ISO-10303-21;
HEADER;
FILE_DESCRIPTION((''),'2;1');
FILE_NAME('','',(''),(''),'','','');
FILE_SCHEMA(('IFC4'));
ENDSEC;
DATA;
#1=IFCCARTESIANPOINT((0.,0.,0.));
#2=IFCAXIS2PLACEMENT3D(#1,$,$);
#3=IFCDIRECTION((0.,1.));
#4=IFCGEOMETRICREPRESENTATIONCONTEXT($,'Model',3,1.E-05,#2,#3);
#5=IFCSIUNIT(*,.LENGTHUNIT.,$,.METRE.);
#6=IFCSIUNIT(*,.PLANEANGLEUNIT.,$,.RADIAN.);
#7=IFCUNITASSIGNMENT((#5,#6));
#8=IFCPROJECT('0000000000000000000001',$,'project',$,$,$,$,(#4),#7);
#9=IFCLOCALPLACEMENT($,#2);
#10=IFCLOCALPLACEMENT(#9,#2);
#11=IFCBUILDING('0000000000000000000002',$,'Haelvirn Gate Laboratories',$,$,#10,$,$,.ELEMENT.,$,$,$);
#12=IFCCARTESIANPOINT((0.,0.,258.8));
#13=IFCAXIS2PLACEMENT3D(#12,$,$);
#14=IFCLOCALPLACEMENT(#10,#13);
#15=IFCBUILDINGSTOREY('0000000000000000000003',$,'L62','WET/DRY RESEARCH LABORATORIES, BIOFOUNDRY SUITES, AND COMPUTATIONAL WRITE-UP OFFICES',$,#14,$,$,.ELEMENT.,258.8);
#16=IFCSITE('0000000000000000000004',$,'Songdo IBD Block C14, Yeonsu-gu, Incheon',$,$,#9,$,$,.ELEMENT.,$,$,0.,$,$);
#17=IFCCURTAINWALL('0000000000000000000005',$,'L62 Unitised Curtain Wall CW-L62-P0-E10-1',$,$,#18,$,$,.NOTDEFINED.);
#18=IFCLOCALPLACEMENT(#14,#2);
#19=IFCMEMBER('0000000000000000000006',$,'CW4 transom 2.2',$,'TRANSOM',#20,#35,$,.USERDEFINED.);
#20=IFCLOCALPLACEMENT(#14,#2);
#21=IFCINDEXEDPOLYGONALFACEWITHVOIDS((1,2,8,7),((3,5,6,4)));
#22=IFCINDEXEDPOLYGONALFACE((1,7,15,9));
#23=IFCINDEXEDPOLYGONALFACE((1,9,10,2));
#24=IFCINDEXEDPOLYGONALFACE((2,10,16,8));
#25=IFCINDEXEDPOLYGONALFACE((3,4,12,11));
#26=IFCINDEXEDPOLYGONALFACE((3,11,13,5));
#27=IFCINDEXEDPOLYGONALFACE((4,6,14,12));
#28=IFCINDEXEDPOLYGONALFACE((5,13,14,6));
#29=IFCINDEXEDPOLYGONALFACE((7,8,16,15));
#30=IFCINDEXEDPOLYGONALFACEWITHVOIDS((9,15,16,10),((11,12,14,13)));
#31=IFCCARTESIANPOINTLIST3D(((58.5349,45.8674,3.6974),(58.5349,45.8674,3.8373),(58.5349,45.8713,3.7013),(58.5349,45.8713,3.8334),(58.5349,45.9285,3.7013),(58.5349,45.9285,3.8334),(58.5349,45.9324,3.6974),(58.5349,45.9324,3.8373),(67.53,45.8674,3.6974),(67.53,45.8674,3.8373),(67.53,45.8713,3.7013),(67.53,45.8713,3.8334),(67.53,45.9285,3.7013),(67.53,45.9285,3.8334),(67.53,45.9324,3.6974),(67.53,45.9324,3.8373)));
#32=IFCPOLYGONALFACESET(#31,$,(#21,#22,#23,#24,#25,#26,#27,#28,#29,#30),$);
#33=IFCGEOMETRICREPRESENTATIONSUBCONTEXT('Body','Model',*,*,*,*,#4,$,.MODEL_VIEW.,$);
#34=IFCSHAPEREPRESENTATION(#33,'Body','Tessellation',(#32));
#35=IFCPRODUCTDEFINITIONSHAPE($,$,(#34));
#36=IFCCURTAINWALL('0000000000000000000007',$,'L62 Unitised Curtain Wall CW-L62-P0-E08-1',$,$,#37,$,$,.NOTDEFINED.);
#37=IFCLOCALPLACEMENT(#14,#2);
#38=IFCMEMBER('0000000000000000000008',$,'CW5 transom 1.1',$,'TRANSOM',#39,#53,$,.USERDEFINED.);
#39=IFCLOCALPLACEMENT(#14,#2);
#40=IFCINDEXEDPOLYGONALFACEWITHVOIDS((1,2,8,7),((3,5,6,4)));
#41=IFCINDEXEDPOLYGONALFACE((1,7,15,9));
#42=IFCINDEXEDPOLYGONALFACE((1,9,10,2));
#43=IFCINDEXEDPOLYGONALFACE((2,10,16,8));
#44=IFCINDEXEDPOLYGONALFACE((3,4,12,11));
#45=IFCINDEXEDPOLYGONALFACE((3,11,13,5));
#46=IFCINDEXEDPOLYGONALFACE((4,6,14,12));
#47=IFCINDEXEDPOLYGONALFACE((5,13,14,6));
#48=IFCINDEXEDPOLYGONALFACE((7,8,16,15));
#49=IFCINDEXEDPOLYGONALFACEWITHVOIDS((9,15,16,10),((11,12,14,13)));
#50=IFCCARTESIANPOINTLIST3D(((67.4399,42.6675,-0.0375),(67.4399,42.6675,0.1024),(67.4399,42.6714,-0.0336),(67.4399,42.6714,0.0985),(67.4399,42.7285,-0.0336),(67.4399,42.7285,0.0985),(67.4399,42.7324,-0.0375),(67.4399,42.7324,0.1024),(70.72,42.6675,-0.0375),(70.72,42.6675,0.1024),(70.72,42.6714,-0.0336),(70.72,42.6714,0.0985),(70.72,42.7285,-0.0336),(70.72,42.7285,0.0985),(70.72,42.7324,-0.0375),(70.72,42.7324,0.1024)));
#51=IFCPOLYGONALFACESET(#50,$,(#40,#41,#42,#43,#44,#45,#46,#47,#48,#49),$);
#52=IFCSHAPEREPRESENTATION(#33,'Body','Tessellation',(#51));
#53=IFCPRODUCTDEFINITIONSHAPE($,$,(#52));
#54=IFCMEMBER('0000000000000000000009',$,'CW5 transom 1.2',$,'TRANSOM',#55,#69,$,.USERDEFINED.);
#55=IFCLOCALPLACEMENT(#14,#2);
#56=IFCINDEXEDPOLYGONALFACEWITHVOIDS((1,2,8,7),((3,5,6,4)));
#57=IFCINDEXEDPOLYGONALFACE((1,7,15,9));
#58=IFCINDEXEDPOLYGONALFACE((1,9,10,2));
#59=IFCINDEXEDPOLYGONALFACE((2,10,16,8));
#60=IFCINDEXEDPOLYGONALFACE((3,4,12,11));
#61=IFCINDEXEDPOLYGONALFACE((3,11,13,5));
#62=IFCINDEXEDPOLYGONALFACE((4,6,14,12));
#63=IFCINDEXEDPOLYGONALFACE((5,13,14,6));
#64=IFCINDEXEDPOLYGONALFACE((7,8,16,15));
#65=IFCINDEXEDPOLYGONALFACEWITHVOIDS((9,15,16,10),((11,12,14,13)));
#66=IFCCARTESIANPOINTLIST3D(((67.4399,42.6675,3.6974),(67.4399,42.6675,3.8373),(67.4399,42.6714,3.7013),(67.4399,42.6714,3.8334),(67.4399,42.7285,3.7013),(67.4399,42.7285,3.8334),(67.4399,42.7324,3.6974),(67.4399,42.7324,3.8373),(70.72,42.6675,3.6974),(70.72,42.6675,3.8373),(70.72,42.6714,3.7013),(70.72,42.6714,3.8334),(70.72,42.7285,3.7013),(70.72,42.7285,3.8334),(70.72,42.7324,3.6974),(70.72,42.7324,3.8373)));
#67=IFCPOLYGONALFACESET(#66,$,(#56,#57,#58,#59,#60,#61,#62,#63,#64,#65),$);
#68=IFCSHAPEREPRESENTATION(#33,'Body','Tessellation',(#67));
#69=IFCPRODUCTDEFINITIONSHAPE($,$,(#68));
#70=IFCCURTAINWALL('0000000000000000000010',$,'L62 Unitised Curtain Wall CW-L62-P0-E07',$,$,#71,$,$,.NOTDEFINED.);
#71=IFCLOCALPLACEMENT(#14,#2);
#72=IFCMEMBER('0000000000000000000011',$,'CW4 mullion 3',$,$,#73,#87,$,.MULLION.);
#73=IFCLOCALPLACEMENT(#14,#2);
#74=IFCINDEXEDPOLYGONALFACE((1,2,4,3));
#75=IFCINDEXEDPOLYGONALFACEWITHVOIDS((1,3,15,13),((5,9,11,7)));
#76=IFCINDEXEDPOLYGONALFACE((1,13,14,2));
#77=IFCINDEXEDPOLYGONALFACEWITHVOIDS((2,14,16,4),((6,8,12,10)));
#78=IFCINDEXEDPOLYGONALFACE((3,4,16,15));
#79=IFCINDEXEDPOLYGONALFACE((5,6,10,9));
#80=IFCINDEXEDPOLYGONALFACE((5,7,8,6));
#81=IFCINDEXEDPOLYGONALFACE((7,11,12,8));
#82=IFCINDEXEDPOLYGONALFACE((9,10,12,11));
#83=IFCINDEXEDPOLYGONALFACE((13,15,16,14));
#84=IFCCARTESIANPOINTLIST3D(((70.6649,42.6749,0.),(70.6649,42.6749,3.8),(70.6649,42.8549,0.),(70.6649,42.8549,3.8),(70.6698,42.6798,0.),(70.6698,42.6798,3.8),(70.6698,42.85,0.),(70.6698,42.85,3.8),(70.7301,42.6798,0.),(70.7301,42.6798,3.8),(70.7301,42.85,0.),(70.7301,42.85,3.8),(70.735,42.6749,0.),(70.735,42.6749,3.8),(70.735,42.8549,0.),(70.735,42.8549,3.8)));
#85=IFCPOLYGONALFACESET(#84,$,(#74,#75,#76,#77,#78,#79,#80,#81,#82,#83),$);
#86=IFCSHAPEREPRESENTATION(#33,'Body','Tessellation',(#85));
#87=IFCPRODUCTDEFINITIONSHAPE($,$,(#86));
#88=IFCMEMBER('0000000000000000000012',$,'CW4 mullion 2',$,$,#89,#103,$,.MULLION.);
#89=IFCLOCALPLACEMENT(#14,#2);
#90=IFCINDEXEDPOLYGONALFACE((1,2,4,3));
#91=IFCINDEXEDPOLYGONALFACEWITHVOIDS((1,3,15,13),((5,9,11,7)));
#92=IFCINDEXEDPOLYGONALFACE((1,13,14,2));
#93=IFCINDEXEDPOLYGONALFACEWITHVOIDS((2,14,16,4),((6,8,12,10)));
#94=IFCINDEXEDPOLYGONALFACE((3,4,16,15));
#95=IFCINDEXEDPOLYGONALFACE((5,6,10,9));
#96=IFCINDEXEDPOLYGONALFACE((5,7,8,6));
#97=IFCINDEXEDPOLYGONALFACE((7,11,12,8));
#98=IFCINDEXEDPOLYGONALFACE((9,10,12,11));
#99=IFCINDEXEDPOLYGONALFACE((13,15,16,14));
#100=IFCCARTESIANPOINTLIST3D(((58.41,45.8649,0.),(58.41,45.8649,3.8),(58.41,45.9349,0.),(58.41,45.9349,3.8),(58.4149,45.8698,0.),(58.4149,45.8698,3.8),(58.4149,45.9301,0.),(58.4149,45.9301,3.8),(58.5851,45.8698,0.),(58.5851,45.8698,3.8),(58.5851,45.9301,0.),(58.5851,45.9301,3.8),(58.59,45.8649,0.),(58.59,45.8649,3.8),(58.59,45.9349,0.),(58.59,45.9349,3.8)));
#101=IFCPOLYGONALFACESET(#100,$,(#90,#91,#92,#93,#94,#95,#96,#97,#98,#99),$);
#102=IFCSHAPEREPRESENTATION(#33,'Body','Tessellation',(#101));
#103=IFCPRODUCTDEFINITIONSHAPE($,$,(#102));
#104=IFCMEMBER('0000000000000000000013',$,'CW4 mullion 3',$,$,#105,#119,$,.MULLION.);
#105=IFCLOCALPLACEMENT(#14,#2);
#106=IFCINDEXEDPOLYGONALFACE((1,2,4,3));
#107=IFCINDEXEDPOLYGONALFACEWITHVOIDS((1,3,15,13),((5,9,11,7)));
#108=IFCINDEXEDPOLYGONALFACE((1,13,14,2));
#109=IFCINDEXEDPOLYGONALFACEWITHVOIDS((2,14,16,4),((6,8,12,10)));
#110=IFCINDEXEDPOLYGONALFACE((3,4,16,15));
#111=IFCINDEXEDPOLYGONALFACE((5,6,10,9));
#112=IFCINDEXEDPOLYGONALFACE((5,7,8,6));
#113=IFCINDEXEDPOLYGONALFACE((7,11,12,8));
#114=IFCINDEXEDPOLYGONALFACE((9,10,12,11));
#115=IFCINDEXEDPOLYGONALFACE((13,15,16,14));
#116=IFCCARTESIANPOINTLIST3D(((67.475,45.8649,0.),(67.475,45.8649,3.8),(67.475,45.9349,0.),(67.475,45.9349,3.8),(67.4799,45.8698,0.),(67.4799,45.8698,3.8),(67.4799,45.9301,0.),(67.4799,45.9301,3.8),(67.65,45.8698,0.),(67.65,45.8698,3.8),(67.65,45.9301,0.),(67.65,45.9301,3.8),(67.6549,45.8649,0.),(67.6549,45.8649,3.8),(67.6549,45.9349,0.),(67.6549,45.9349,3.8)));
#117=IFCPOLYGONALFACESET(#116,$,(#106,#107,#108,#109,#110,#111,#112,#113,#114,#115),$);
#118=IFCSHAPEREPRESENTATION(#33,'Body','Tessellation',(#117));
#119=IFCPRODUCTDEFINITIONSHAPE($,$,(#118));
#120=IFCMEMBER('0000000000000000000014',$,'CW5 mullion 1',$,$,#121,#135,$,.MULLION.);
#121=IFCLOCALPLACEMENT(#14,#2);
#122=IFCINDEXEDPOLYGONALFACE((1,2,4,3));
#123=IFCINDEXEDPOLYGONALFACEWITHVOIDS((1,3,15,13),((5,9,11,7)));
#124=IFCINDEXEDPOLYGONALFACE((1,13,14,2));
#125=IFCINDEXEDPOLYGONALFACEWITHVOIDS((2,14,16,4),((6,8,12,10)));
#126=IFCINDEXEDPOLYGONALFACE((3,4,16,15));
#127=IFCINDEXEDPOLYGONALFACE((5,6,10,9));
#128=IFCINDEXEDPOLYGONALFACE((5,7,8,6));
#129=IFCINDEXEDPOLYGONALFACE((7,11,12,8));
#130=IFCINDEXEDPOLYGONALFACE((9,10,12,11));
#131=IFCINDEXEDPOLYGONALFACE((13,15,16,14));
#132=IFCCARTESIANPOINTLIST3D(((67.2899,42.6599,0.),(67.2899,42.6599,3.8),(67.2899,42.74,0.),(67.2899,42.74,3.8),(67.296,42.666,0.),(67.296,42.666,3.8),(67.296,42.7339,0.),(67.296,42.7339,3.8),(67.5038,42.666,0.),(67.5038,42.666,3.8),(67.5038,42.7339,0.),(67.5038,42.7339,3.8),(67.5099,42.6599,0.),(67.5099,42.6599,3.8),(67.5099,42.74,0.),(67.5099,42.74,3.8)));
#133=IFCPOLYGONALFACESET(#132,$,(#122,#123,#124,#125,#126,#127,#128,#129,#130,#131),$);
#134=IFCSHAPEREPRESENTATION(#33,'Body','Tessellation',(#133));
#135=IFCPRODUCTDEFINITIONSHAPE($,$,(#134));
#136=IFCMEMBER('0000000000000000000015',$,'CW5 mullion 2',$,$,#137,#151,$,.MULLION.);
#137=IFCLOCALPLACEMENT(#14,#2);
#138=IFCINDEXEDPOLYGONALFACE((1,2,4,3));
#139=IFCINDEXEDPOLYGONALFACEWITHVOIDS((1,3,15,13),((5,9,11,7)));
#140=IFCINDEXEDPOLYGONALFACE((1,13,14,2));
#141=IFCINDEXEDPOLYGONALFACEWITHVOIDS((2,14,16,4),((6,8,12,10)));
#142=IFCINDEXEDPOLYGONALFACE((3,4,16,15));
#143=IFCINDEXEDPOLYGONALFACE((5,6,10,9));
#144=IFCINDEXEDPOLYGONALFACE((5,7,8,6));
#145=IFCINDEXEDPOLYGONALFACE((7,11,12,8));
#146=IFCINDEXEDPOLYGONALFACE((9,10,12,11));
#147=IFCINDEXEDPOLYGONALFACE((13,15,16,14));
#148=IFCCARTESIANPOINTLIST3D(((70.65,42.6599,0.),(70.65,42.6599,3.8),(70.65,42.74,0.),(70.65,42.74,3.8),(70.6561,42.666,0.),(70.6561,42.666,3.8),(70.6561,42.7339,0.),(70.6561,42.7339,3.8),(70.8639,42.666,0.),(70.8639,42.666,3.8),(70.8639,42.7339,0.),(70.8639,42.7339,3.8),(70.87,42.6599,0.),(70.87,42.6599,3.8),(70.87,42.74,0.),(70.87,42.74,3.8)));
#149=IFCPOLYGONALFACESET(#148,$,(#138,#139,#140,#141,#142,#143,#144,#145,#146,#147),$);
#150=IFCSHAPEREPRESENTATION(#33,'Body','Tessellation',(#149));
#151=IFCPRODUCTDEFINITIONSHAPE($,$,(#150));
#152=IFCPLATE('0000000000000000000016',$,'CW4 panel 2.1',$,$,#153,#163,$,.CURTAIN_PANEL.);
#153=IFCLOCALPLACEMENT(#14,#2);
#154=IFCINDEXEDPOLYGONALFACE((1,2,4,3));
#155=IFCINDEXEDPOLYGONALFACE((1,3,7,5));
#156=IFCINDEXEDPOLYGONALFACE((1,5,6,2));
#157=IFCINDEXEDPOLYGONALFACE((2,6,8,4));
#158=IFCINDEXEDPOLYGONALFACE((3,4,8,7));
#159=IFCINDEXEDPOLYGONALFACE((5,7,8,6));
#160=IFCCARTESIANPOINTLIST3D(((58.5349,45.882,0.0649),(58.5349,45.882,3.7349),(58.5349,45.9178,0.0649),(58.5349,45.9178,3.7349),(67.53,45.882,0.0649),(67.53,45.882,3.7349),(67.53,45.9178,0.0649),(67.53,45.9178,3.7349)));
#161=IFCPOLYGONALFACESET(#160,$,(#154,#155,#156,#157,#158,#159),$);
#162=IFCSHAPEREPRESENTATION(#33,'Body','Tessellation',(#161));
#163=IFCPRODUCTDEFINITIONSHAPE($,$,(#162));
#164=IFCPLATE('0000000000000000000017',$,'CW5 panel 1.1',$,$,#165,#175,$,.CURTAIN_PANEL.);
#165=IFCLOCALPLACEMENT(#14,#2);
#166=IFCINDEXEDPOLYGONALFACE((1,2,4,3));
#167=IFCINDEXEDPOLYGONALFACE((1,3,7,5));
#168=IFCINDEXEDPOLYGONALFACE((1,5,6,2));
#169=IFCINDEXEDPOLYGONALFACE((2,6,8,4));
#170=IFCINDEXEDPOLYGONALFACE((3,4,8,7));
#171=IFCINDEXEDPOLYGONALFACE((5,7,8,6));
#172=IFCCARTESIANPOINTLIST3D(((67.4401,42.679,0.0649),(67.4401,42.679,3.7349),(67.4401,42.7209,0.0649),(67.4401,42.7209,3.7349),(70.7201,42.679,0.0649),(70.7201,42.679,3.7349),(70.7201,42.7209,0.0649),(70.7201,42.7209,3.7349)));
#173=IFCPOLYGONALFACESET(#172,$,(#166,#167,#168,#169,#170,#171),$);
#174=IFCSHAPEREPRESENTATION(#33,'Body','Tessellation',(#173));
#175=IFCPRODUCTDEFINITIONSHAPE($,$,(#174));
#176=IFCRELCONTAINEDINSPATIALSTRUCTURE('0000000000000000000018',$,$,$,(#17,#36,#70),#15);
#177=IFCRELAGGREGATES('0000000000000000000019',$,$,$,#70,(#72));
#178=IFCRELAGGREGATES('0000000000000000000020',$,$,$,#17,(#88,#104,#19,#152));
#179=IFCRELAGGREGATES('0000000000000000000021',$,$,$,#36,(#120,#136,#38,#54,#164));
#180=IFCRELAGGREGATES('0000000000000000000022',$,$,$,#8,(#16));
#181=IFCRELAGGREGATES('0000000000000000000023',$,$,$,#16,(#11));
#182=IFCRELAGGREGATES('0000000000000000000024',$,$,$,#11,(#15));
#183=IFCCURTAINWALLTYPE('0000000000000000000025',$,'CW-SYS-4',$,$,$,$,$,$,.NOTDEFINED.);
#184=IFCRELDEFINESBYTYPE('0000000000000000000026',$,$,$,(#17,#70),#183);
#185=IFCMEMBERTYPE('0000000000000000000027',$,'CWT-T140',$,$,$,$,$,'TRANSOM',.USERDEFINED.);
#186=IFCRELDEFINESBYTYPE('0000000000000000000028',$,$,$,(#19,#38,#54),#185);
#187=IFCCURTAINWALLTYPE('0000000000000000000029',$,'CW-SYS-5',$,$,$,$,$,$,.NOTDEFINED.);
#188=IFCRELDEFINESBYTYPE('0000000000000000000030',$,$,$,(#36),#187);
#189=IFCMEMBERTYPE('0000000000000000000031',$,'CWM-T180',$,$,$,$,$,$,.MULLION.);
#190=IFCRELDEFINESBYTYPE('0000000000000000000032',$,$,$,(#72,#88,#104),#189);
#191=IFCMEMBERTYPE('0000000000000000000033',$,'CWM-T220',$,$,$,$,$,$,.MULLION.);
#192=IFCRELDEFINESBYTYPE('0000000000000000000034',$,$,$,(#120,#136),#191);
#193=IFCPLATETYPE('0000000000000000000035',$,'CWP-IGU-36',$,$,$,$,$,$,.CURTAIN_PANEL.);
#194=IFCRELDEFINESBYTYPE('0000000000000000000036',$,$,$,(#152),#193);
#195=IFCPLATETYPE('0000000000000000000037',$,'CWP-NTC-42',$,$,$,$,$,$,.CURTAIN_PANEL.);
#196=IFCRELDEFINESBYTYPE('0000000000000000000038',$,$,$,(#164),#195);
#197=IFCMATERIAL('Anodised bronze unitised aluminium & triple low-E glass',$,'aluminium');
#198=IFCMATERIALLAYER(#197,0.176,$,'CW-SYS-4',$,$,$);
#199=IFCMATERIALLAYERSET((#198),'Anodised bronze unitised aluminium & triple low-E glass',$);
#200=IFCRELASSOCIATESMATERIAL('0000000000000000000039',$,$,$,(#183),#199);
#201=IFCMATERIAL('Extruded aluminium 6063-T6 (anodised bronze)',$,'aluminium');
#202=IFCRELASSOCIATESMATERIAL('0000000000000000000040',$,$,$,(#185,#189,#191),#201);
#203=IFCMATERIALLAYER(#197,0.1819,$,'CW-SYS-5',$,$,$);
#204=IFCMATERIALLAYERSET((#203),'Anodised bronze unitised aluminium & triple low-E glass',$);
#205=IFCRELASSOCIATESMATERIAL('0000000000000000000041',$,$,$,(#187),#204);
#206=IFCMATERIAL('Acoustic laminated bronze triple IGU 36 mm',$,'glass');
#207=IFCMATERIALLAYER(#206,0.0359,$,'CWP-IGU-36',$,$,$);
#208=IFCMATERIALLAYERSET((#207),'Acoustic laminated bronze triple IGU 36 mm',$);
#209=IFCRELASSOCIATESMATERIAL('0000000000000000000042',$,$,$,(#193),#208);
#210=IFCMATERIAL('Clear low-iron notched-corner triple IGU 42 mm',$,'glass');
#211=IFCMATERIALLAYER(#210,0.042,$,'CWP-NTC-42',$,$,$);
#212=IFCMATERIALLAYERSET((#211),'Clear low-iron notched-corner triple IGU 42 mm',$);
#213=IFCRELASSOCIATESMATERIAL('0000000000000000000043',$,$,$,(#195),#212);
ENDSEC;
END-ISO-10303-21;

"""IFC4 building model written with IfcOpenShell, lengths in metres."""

from ifc_helpers import new_model, si_unit, direction, frame, origin, origin_2d, place, context, subcontext, project, spatial, rectangle, hollow_rectangle, extrude, source, transform, mapped, material, layer, layer_set, material_profile, profile_set, type_object, type_shapes, element, aggregate, save


model = new_model("IFC4")

# Units and contexts
model_context = context("Model", 3, precision=1e-05, world=origin(), true_north=direction((0.0, 1.0)))
body_context = subcontext(model_context, "Body", "Model", "MODEL_VIEW")
ifc_project = project(units=[si_unit("LENGTHUNIT", "METRE"), si_unit("PLANEANGLEUNIT", "RADIAN")], contexts=[model_context])

# Site, building, storey
site_placement = place(None, origin())
site = spatial("IfcSite", under=ifc_project, at=site_placement, Name="Songdo IBD Block C14, Yeonsu-gu, Incheon", CompositionType="ELEMENT", RefElevation=0.0)
building_placement = place(site_placement, origin())
building = spatial("IfcBuilding", under=site, at=building_placement, Name="Haelvirn Gate Laboratories", CompositionType="ELEMENT")
storey_placement = place(building_placement, frame((0.0, 0.0, 258.8)))
storey = spatial("IfcBuildingStorey", under=building, at=storey_placement, Name="L62", Description="WET/DRY RESEARCH LABORATORIES, BIOFOUNDRY SUITES, AND COMPUTATIONAL WRITE-UP OFFICES", CompositionType="ELEMENT", Elevation=258.8)

# Curtain walls, members
ifc_material_1 = material(Name="Anodised bronze unitised aluminium & triple low-E glass", Category="aluminium")
ifc_layer_1 = layer(ifc_material_1, 0.176, Name="CW-SYS-4")
ifc_layer_set_1 = layer_set([ifc_layer_1], Name="Anodised bronze unitised aluminium & triple low-E glass")
curtain_wall_type_1 = type_object("IfcCurtainWallType", Name="CW-SYS-4", PredefinedType="NOTDEFINED", material=ifc_layer_set_1)
curtain_wall_1_placement = place(storey_placement, origin())
curtain_wall_1 = element("IfcCurtainWall", 1, at=curtain_wall_1_placement, inside=storey, type_object=curtain_wall_type_1, Name="L62 Unitised Curtain Wall CW-L62-P0-E10-1", PredefinedType="NOTDEFINED")
ifc_material_2 = material(Name="Extruded aluminium 6063-T6 (anodised bronze)", Category="aluminium")
ifc_material_profile_1 = material_profile(ifc_material_2, hollow_rectangle(XDim=0.0649, YDim=0.1399, WallThickness=0.0039, at=origin_2d()), Name="CWT-140x65x4")
ifc_profile_set_1 = profile_set([ifc_material_profile_1], Name="Extruded aluminium 6063-T6 (anodised bronze)")
member_type_1 = type_object("IfcMemberType", Name="CWT-T140", ElementType="TRANSOM", PredefinedType="USERDEFINED", material=ifc_profile_set_1)
shared_shape_1 = source(origin(), body_context, "Body", "SweptSolid", [
    extrude(hollow_rectangle(XDim=0.0649, YDim=0.1399, WallThickness=0.0039, at=origin_2d()), origin(), (0.0, 0.0, 1.0), 8.9951),
])
member_1_placement = place(storey_placement, frame((58.5349, 45.8999, 3.7673), z_axis=(1.0, 0.0, 0.0), x_axis=(0.0, 1.0, 0.0)))
member_1 = element("IfcMember", 2, at=member_1_placement, type_object=member_type_1, Name="CW4 transom 2.2", ObjectType="TRANSOM", PredefinedType="USERDEFINED", context=body_context, shape_type="MappedRepresentation", body=[
    mapped(shared_shape_1, transform((0.0, 0.0, 0.0), scale=1.0)),
])
ifc_layer_2 = layer(ifc_material_1, 0.1819, Name="CW-SYS-5")
ifc_layer_set_2 = layer_set([ifc_layer_2], Name="Anodised bronze unitised aluminium & triple low-E glass")
curtain_wall_type_2 = type_object("IfcCurtainWallType", Name="CW-SYS-5", PredefinedType="NOTDEFINED", material=ifc_layer_set_2)
curtain_wall_2_placement = place(storey_placement, origin())
curtain_wall_2 = element("IfcCurtainWall", 3, at=curtain_wall_2_placement, inside=storey, type_object=curtain_wall_type_2, Name="L62 Unitised Curtain Wall CW-L62-P0-E08-1", PredefinedType="NOTDEFINED")
shared_shape_2 = source(origin(), body_context, "Body", "SweptSolid", [
    extrude(hollow_rectangle(XDim=0.0649, YDim=0.1399, WallThickness=0.0039, at=origin_2d()), origin(), (0.0, 0.0, 1.0), 3.28),
])
type_shapes(member_type_1, [shared_shape_1, shared_shape_2])
member_2_placement = place(storey_placement, frame((67.4399, 42.7, 0.0325), z_axis=(1.0, 0.0, 0.0), x_axis=(0.0, 1.0, 0.0)))
member_2 = element("IfcMember", 4, at=member_2_placement, type_object=member_type_1, Name="CW5 transom 1.1", ObjectType="TRANSOM", PredefinedType="USERDEFINED", context=body_context, shape_type="MappedRepresentation", body=[
    mapped(shared_shape_2, transform((0.0, 0.0, 0.0), scale=1.0)),
])
member_3_placement = place(storey_placement, frame((67.4399, 42.7, 3.7673), z_axis=(1.0, 0.0, 0.0), x_axis=(0.0, 1.0, 0.0)))
member_3 = element("IfcMember", 5, at=member_3_placement, type_object=member_type_1, Name="CW5 transom 1.2", ObjectType="TRANSOM", PredefinedType="USERDEFINED", context=body_context, shape_type="MappedRepresentation", body=[
    mapped(shared_shape_2, transform((0.0, 0.0, 0.0), scale=1.0)),
])

# Curtain wall, member
curtain_wall_3_placement = place(storey_placement, origin())
curtain_wall_3 = element("IfcCurtainWall", 6, at=curtain_wall_3_placement, inside=storey, type_object=curtain_wall_type_1, Name="L62 Unitised Curtain Wall CW-L62-P0-E07", PredefinedType="NOTDEFINED")
ifc_material_profile_2 = material_profile(ifc_material_2, hollow_rectangle(XDim=0.0701, YDim=0.1799, WallThickness=0.0049, at=origin_2d()), Name="CWM-180x70x5")
ifc_profile_set_2 = profile_set([ifc_material_profile_2], Name="Extruded aluminium 6063-T6 (anodised bronze)")
member_type_2 = type_object("IfcMemberType", Name="CWM-T180", PredefinedType="MULLION", material=ifc_profile_set_2)
shared_shape_3 = source(origin(), body_context, "Body", "SweptSolid", [
    extrude(hollow_rectangle(XDim=0.0701, YDim=0.1799, WallThickness=0.0049, at=origin_2d()), origin(), (0.0, 0.0, 1.0), 3.8),
])
type_shapes(member_type_2, [shared_shape_3])
member_4_placement = place(storey_placement, frame((70.7, 42.7649, 0.0), z_axis=(0.0, 0.0, 1.0), x_axis=(-1.0, 0.0, 0.0)))
member_4 = element("IfcMember", 7, at=member_4_placement, type_object=member_type_2, Name="CW4 mullion 3", PredefinedType="MULLION", context=body_context, shape_type="MappedRepresentation", body=[
    mapped(shared_shape_3, transform((0.0, 0.0, 0.0), scale=1.0)),
])
aggregate(curtain_wall_3, [member_4])

# Members
member_5_placement = place(storey_placement, frame((58.5, 45.8999, 0.0), z_axis=(0.0, 0.0, 1.0), x_axis=(0.0, 1.0, 0.0)))
member_5 = element("IfcMember", 8, at=member_5_placement, type_object=member_type_2, Name="CW4 mullion 2", PredefinedType="MULLION", context=body_context, shape_type="MappedRepresentation", body=[
    mapped(shared_shape_3, transform((0.0, 0.0, 0.0), scale=1.0)),
])
member_6_placement = place(storey_placement, frame((67.5649, 45.8999, 0.0), z_axis=(0.0, 0.0, 1.0), x_axis=(0.0, 1.0, 0.0)))
member_6 = element("IfcMember", 9, at=member_6_placement, type_object=member_type_2, Name="CW4 mullion 3", PredefinedType="MULLION", context=body_context, shape_type="MappedRepresentation", body=[
    mapped(shared_shape_3, transform((0.0, 0.0, 0.0), scale=1.0)),
])
ifc_material_profile_3 = material_profile(ifc_material_2, hollow_rectangle(XDim=0.0801, YDim=0.22, WallThickness=0.0061, at=origin_2d()), Name="CWM-220x80x6")
ifc_profile_set_3 = profile_set([ifc_material_profile_3], Name="Extruded aluminium 6063-T6 (anodised bronze)")
member_type_3 = type_object("IfcMemberType", Name="CWM-T220", PredefinedType="MULLION", material=ifc_profile_set_3)
shared_shape_4 = source(origin(), body_context, "Body", "SweptSolid", [
    extrude(hollow_rectangle(XDim=0.0801, YDim=0.22, WallThickness=0.0061, at=origin_2d()), origin(), (0.0, 0.0, 1.0), 3.8),
])
type_shapes(member_type_3, [shared_shape_4])
member_7_placement = place(storey_placement, frame((67.3999, 42.7, 0.0), z_axis=(0.0, 0.0, 1.0), x_axis=(0.0, 1.0, 0.0)))
member_7 = element("IfcMember", 10, at=member_7_placement, type_object=member_type_3, Name="CW5 mullion 1", PredefinedType="MULLION", context=body_context, shape_type="MappedRepresentation", body=[
    mapped(shared_shape_4, transform((0.0, 0.0, 0.0), scale=1.0)),
])
member_8_placement = place(storey_placement, frame((70.76, 42.7, 0.0), z_axis=(0.0, 0.0, 1.0), x_axis=(0.0, 1.0, 0.0)))
member_8 = element("IfcMember", 11, at=member_8_placement, type_object=member_type_3, Name="CW5 mullion 2", PredefinedType="MULLION", context=body_context, shape_type="MappedRepresentation", body=[
    mapped(shared_shape_4, transform((0.0, 0.0, 0.0), scale=1.0)),
])

# Plates
ifc_material_3 = material(Name="Acoustic laminated bronze triple IGU 36 mm", Category="glass")
ifc_layer_3 = layer(ifc_material_3, 0.0359, Name="CWP-IGU-36")
ifc_layer_set_3 = layer_set([ifc_layer_3], Name="Acoustic laminated bronze triple IGU 36 mm")
plate_type_1 = type_object("IfcPlateType", Name="CWP-IGU-36", PredefinedType="CURTAIN_PANEL", material=ifc_layer_set_3)
shared_shape_5 = source(origin(), body_context, "Body", "SweptSolid", [
    extrude(rectangle(XDim=8.9951, YDim=0.0359, at=origin_2d()), origin(), (0.0, 0.0, 1.0), 3.6699),
])
type_shapes(plate_type_1, [shared_shape_5])
plate_1_placement = place(storey_placement, frame((63.0325, 45.8999, 0.0649), z_axis=(0.0, 0.0, 1.0), x_axis=(1.0, 0.0, 0.0)))
plate_1 = element("IfcPlate", 12, at=plate_1_placement, type_object=plate_type_1, Name="CW4 panel 2.1", PredefinedType="CURTAIN_PANEL", context=body_context, shape_type="MappedRepresentation", body=[
    mapped(shared_shape_5, transform((0.0, 0.0, 0.0), scale=1.0)),
])
aggregate(curtain_wall_1, [member_5, member_6, member_1, plate_1])
ifc_material_4 = material(Name="Clear low-iron notched-corner triple IGU 42 mm", Category="glass")
ifc_layer_4 = layer(ifc_material_4, 0.042, Name="CWP-NTC-42")
ifc_layer_set_4 = layer_set([ifc_layer_4], Name="Clear low-iron notched-corner triple IGU 42 mm")
plate_type_2 = type_object("IfcPlateType", Name="CWP-NTC-42", PredefinedType="CURTAIN_PANEL", material=ifc_layer_set_4)
shared_shape_6 = source(origin(), body_context, "Body", "SweptSolid", [
    extrude(rectangle(XDim=3.28, YDim=0.042, at=origin_2d()), origin(), (0.0, 0.0, 1.0), 3.6699),
])
type_shapes(plate_type_2, [shared_shape_6])
plate_2_placement = place(storey_placement, frame((69.0801, 42.7, 0.0649), z_axis=(0.0, 0.0, 1.0), x_axis=(1.0, 0.0, 0.0)))
plate_2 = element("IfcPlate", 13, at=plate_2_placement, type_object=plate_type_2, Name="CW5 panel 1.1", PredefinedType="CURTAIN_PANEL", context=body_context, shape_type="MappedRepresentation", body=[
    mapped(shared_shape_6, transform((0.0, 0.0, 0.0), scale=1.0)),
])
aggregate(curtain_wall_2, [member_7, member_8, member_2, member_3, plate_2])

save(model, "model.ifc")
